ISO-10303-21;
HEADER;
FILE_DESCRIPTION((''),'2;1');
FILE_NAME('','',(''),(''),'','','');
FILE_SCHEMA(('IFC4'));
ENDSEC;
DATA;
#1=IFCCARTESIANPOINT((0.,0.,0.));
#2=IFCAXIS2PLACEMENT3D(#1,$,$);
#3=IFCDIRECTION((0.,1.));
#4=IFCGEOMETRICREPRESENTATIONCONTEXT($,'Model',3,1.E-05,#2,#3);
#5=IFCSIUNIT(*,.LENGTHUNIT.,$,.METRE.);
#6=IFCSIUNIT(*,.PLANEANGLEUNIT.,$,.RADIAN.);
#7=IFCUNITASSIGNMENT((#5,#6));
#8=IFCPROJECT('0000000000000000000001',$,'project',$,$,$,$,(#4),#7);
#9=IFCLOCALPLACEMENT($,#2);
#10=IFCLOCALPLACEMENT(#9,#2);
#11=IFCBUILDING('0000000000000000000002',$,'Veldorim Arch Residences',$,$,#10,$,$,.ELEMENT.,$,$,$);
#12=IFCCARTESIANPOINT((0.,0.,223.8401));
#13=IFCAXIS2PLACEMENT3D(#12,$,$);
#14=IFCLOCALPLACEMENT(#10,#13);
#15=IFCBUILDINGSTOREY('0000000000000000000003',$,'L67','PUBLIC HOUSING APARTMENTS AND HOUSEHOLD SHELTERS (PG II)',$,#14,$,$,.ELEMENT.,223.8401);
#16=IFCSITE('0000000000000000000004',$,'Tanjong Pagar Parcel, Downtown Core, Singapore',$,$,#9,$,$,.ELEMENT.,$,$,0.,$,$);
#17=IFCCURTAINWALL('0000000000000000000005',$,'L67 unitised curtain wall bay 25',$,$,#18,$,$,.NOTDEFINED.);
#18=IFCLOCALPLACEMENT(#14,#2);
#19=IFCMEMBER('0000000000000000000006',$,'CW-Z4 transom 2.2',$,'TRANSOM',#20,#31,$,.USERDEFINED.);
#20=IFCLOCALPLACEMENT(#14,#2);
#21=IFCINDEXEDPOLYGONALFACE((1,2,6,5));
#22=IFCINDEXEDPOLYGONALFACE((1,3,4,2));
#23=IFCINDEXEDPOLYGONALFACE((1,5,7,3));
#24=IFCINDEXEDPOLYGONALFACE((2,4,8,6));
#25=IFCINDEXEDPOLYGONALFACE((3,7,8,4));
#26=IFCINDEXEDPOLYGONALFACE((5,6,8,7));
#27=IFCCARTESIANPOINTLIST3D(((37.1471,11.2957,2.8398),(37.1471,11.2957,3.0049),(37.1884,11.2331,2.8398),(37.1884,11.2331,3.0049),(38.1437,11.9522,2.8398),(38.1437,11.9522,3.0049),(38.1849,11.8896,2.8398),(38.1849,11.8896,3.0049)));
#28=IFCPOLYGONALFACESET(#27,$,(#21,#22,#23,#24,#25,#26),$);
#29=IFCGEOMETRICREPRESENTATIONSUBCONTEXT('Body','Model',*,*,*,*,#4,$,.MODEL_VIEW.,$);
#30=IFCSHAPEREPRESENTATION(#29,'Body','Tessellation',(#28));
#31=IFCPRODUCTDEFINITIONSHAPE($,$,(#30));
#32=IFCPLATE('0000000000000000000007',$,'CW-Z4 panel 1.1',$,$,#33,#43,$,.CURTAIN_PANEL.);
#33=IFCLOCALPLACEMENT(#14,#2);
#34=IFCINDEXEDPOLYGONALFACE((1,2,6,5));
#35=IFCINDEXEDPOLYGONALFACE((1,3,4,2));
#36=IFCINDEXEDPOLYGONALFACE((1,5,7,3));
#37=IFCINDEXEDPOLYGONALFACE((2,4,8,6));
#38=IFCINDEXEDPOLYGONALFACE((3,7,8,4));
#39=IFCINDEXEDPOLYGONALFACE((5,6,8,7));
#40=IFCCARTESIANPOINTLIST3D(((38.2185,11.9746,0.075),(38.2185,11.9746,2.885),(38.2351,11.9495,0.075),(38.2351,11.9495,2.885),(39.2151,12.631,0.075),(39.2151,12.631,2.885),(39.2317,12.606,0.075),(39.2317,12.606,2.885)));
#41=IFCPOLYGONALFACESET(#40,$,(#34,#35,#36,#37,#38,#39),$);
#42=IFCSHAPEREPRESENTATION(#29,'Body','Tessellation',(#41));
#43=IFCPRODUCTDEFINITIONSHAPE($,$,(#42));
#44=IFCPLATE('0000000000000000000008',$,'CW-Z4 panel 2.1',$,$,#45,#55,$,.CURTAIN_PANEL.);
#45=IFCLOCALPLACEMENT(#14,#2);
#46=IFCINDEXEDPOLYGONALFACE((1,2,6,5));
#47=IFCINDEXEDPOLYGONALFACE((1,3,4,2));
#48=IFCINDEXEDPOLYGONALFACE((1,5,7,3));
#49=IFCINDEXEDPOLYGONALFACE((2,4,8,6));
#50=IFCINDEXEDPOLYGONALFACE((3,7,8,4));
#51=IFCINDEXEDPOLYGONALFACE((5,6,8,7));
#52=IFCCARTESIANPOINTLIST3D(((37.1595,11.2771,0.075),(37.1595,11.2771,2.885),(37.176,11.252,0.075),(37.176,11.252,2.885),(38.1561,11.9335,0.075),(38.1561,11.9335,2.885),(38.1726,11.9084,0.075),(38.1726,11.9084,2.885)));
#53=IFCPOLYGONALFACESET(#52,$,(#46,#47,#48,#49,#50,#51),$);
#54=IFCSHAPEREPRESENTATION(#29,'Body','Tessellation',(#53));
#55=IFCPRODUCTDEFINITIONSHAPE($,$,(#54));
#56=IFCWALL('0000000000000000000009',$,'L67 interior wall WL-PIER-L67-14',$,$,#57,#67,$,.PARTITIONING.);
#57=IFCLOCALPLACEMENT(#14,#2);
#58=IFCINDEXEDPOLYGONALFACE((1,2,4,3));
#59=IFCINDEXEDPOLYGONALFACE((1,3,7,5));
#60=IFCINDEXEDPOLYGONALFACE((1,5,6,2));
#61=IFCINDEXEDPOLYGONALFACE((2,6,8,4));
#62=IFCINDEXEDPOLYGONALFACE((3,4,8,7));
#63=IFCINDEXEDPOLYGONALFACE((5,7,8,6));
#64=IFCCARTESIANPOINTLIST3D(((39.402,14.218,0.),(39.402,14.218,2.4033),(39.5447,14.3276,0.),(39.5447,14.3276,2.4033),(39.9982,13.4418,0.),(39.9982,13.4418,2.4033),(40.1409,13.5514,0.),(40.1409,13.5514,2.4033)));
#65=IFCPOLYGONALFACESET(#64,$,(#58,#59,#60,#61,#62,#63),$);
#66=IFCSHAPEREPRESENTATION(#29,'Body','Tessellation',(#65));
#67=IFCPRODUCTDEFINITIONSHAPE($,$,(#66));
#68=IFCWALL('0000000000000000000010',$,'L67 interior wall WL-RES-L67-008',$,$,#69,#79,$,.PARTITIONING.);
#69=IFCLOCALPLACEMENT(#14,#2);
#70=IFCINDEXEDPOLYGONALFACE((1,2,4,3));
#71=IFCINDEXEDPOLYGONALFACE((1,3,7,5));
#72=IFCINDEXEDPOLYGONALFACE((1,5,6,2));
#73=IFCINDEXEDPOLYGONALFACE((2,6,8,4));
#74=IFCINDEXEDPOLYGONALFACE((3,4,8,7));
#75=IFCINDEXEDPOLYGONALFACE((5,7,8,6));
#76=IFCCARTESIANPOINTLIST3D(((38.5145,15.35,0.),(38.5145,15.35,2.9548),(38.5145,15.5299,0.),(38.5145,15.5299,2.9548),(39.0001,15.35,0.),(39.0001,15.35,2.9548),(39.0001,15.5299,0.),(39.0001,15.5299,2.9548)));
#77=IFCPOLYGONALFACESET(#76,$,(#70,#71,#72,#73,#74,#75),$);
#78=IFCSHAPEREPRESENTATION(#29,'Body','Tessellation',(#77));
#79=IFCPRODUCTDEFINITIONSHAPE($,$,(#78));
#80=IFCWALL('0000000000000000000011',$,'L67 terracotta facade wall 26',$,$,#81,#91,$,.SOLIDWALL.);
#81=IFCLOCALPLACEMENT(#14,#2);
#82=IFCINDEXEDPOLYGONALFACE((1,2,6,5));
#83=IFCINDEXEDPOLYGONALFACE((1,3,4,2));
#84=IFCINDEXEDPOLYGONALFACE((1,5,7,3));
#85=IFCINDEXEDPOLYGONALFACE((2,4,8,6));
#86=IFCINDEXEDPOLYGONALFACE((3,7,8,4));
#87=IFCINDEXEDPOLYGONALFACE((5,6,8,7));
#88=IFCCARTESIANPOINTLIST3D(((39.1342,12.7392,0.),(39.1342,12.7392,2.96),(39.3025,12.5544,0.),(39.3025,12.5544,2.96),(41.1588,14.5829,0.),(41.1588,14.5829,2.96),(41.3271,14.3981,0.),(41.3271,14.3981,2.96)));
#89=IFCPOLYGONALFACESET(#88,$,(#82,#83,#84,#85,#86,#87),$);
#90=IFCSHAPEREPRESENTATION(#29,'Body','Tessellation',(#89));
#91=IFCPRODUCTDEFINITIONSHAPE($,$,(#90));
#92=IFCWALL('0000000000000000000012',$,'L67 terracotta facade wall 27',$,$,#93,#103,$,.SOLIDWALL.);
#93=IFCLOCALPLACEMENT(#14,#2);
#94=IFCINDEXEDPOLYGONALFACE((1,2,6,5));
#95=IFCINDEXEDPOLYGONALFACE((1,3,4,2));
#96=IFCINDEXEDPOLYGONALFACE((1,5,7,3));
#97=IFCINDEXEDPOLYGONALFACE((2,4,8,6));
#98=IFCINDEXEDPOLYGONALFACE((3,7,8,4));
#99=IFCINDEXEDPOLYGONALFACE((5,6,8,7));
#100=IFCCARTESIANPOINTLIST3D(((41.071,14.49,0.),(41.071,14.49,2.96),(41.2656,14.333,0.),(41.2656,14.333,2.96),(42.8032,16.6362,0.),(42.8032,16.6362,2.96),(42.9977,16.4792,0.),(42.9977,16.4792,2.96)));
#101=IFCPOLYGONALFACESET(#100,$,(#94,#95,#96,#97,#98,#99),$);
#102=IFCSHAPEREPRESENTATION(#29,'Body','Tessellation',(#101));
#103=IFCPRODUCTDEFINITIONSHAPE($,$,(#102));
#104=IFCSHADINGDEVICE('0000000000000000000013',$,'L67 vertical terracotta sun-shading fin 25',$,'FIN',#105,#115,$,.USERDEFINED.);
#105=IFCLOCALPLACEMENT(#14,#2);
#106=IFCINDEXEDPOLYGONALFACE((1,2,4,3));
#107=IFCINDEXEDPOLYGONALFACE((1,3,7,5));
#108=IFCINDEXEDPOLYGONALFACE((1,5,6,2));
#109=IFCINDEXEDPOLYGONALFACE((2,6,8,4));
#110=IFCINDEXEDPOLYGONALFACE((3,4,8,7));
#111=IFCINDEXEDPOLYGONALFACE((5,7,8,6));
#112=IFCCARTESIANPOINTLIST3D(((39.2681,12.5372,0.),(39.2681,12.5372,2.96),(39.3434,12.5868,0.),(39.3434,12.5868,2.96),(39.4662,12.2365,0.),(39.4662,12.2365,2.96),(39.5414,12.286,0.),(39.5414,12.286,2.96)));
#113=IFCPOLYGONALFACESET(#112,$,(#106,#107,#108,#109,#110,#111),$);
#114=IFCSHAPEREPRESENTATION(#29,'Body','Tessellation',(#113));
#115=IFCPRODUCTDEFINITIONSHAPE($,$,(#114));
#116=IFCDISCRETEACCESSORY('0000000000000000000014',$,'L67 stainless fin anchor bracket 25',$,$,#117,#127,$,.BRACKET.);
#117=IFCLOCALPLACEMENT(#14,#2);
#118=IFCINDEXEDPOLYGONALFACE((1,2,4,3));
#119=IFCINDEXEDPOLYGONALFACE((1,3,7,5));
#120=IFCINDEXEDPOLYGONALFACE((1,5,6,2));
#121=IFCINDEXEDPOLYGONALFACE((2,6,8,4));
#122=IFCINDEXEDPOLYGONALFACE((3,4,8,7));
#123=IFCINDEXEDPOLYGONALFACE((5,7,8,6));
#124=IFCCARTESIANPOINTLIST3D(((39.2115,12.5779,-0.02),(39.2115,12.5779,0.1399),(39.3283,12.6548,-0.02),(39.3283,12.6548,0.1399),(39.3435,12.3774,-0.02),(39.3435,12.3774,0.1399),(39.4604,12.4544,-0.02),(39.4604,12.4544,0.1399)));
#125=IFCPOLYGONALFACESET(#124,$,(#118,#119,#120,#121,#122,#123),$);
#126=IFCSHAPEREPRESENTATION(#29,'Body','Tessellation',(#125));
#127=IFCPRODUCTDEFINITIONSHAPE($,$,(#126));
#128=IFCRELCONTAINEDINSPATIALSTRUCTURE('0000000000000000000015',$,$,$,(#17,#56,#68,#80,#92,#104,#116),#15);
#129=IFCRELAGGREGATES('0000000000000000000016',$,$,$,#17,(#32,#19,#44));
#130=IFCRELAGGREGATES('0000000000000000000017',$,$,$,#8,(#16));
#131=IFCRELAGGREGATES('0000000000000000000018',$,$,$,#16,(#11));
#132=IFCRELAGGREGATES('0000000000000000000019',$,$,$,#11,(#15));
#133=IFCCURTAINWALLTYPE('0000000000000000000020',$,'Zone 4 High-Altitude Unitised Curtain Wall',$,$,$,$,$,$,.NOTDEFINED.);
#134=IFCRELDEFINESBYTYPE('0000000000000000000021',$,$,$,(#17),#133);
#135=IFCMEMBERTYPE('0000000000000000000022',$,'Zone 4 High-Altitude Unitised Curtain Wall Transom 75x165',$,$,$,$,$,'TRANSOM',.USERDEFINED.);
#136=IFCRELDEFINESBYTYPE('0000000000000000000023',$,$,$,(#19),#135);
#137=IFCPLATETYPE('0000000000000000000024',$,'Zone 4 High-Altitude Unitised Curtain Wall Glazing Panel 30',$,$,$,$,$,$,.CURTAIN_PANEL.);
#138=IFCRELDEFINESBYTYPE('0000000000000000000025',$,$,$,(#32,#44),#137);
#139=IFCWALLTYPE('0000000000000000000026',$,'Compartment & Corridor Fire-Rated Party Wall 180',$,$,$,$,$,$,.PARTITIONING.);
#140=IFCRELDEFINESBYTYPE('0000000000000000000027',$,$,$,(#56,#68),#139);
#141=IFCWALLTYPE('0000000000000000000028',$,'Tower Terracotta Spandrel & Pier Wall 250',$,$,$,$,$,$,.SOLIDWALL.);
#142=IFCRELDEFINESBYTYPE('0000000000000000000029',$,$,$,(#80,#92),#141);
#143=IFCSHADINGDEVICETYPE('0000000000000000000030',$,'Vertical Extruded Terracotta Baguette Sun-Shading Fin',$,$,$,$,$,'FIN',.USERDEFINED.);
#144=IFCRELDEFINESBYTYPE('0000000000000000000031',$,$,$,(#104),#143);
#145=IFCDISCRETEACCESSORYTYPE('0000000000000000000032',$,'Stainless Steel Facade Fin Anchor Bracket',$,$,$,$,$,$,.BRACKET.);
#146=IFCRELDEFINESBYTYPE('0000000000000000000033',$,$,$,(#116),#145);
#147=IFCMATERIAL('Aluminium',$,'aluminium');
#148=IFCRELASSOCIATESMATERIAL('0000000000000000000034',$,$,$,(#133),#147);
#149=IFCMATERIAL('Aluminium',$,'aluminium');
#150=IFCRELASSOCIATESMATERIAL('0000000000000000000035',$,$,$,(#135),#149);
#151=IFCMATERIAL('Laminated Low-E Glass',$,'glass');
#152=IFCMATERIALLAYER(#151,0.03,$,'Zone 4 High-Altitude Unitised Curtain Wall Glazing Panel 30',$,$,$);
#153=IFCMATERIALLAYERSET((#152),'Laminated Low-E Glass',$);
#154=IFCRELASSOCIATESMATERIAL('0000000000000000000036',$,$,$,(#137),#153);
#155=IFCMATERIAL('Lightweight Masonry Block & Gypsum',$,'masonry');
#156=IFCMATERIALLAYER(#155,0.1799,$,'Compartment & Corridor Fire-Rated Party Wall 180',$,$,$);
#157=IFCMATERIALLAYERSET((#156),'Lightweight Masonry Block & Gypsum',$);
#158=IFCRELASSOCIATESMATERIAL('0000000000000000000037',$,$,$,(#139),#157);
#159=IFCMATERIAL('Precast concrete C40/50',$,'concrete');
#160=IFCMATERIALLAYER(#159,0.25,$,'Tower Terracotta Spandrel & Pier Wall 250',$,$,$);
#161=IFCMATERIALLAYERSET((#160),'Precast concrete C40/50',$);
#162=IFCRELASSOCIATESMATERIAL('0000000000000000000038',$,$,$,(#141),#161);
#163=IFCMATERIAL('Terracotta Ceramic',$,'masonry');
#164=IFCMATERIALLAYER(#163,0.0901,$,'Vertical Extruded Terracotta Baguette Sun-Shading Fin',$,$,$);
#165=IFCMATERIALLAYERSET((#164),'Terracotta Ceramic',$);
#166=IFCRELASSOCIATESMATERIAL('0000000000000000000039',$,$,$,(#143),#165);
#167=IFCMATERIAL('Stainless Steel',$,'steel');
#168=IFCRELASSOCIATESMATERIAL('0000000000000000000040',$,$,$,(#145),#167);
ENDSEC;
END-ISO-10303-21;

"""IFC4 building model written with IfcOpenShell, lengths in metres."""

from ifc_helpers import new_model, si_unit, direction, frame, frame_2d, origin, origin_2d, place, context, subcontext, project, spatial, rectangle, extrude, material, layer, layer_set, material_profile, profile_set, type_object, element, aggregate, save


model = new_model("IFC4")

# Units and contexts
model_context = context("Model", 3, precision=1e-05, world=origin(), true_north=direction((0.0, 1.0)))
body_context = subcontext(model_context, "Body", "Model", "MODEL_VIEW")
ifc_project = project(units=[si_unit("LENGTHUNIT", "METRE"), si_unit("PLANEANGLEUNIT", "RADIAN")], contexts=[model_context])

# Site, building, storey
site_placement = place(None, origin())
site = spatial("IfcSite", under=ifc_project, at=site_placement, Name="Tanjong Pagar Parcel, Downtown Core, Singapore", CompositionType="ELEMENT", RefElevation=0.0)
building_placement = place(site_placement, origin())
building = spatial("IfcBuilding", under=site, at=building_placement, Name="Veldorim Arch Residences", CompositionType="ELEMENT")
storey_placement = place(building_placement, frame((0.0, 0.0, 223.8401)))
storey = spatial("IfcBuildingStorey", under=building, at=storey_placement, Name="L67", Description="PUBLIC HOUSING APARTMENTS AND HOUSEHOLD SHELTERS (PG II)", CompositionType="ELEMENT", Elevation=223.8401)

# Curtain wall, member, plates
ifc_material_1 = material(Name="Aluminium", Category="aluminium")
curtain_wall_type = type_object("IfcCurtainWallType", Name="Zone 4 High-Altitude Unitised Curtain Wall", PredefinedType="NOTDEFINED", material=ifc_material_1)
curtain_wall_placement = place(storey_placement, origin())
curtain_wall = element("IfcCurtainWall", 1, at=curtain_wall_placement, inside=storey, type_object=curtain_wall_type, Name="L67 unitised curtain wall bay 25", PredefinedType="NOTDEFINED")
ifc_material_2 = material(Name="Aluminium", Category="aluminium")
ifc_material_profile_1 = material_profile(ifc_material_2, rectangle(XDim=0.075, YDim=0.165, at=origin_2d()), Name="ALU_TRN_75x165")
ifc_profile_set_1 = profile_set([ifc_material_profile_1], Name="Aluminium")
member_type_1 = type_object("IfcMemberType", Name="Zone 4 High-Altitude Unitised Curtain Wall Transom 75x165", ElementType="TRANSOM", PredefinedType="USERDEFINED", material=ifc_profile_set_1)
member_1_placement = place(storey_placement, frame((38.1643, 11.9209, 2.9224), z_axis=(-0.835091, -0.550112, 0.0), x_axis=(0.550112, -0.835091, 0.0)))
member_1 = element("IfcMember", 2, at=member_1_placement, type_object=member_type_1, Name="CW-Z4 transom 2.2", ObjectType="TRANSOM", PredefinedType="USERDEFINED", context=body_context, shape_type="SweptSolid", body=[
    extrude(rectangle(XDim=0.075, YDim=0.165, at=origin_2d()), origin(), (0.0, 0.0, 1.0), 1.1934),
])
ifc_material_3 = material(Name="Laminated Low-E Glass", Category="glass")
ifc_layer_1 = layer(ifc_material_3, 0.03, Name="Zone 4 High-Altitude Unitised Curtain Wall Glazing Panel 30")
ifc_layer_set_1 = layer_set([ifc_layer_1], Name="Laminated Low-E Glass")
plate_type = type_object("IfcPlateType", Name="Zone 4 High-Altitude Unitised Curtain Wall Glazing Panel 30", PredefinedType="CURTAIN_PANEL", material=ifc_layer_set_1)
plate_1_placement = place(storey_placement, frame((38.7251, 12.2903, 0.075), z_axis=(0.0, 0.0, 1.0), x_axis=(-0.835124, -0.550062, 0.0)))
plate_1 = element("IfcPlate", 3, at=plate_1_placement, type_object=plate_type, Name="CW-Z4 panel 1.1", PredefinedType="CURTAIN_PANEL", context=body_context, shape_type="SweptSolid", body=[
    extrude(rectangle(XDim=1.1934, YDim=0.03, at=origin_2d()), origin(), (0.0, 0.0, 1.0), 2.8101),
])
plate_2_placement = place(storey_placement, frame((37.666, 11.5928, 0.075), z_axis=(0.0, 0.0, 1.0), x_axis=(-0.835124, -0.550062, 0.0)))
plate_2 = element("IfcPlate", 4, at=plate_2_placement, type_object=plate_type, Name="CW-Z4 panel 2.1", PredefinedType="CURTAIN_PANEL", context=body_context, shape_type="SweptSolid", body=[
    extrude(rectangle(XDim=1.1934, YDim=0.03, at=origin_2d()), origin(), (0.0, 0.0, 1.0), 2.8101),
])
aggregate(curtain_wall, [plate_1, member_1, plate_2])

# Walls
ifc_material_4 = material(Name="Lightweight Masonry Block & Gypsum", Category="masonry")
ifc_layer_2 = layer(ifc_material_4, 0.1799, Name="Compartment & Corridor Fire-Rated Party Wall 180")
ifc_layer_set_2 = layer_set([ifc_layer_2], Name="Lightweight Masonry Block & Gypsum")
wall_type_1 = type_object("IfcWallType", Name="Compartment & Corridor Fire-Rated Party Wall 180", PredefinedType="PARTITIONING", material=ifc_layer_set_2)
wall_1_placement = place(storey_placement, frame((39.4734, 14.2727, 0.0), z_axis=(0.0, 0.0, 1.0), x_axis=(0.60918, -0.793032, 0.0)))
element("IfcWall", 5, at=wall_1_placement, inside=storey, type_object=wall_type_1, Name="L67 interior wall WL-PIER-L67-14", PredefinedType="PARTITIONING", context=body_context, shape_type="SweptSolid", body=[
    extrude(rectangle(XDim=0.9788, YDim=0.1799, at=frame_2d((0.4893, 0.0))), origin(), (0.0, 0.0, 1.0), 2.4033),
])
wall_2_placement = place(storey_placement, frame((39.0, 15.4399, 0.0), z_axis=(0.0, 0.0, 1.0), x_axis=(-1.0, 0.0, 0.0)))
element("IfcWall", 6, at=wall_2_placement, inside=storey, type_object=wall_type_1, Name="L67 interior wall WL-RES-L67-008", PredefinedType="PARTITIONING", context=body_context, shape_type="SweptSolid", body=[
    extrude(rectangle(XDim=0.4856, YDim=0.1799, at=frame_2d((0.2427, 0.0))), origin(), (0.0, 0.0, 1.0), 2.9548),
])
ifc_material_5 = material(Name="Precast concrete C40/50", Category="concrete")
ifc_layer_3 = layer(ifc_material_5, 0.25, Name="Tower Terracotta Spandrel & Pier Wall 250")
ifc_layer_set_3 = layer_set([ifc_layer_3], Name="Precast concrete C40/50")
wall_type_2 = type_object("IfcWallType", Name="Tower Terracotta Spandrel & Pier Wall 250", PredefinedType="SOLIDWALL", material=ifc_layer_set_3)
wall_3_placement = place(storey_placement, frame((41.2429, 14.4905, 0.0), z_axis=(0.0, 0.0, 1.0), x_axis=(-0.739367, -0.673303, 0.0)))
element("IfcWall", 7, at=wall_3_placement, inside=storey, type_object=wall_type_2, Name="L67 terracotta facade wall 26", PredefinedType="SOLIDWALL", context=body_context, shape_type="SweptSolid", body=[
    extrude(rectangle(XDim=2.7383, YDim=0.25, at=frame_2d((1.3691, 0.0))), origin(), (0.0, 0.0, 1.0), 2.96),
])
wall_4_placement = place(storey_placement, frame((42.9004, 16.5576, 0.0), z_axis=(0.0, 0.0, 1.0), x_axis=(-0.628047, -0.778176, 0.0)))
element("IfcWall", 8, at=wall_4_placement, inside=storey, type_object=wall_type_2, Name="L67 terracotta facade wall 27", PredefinedType="SOLIDWALL", context=body_context, shape_type="SweptSolid", body=[
    extrude(rectangle(XDim=2.7581, YDim=0.25, at=frame_2d((1.3789, 0.0))), origin(), (0.0, 0.0, 1.0), 2.96),
])

# Shading device
ifc_material_6 = material(Name="Terracotta Ceramic", Category="masonry")
ifc_layer_4 = layer(ifc_material_6, 0.0901, Name="Vertical Extruded Terracotta Baguette Sun-Shading Fin")
ifc_layer_set_4 = layer_set([ifc_layer_4], Name="Terracotta Ceramic")
shading_device_type = type_object("IfcShadingDeviceType", Name="Vertical Extruded Terracotta Baguette Sun-Shading Fin", ElementType="FIN", PredefinedType="USERDEFINED", material=ifc_layer_set_4)
shading_device_placement = place(storey_placement, frame((39.4048, 12.4116, 0.0), z_axis=(0.0, 0.0, 1.0), x_axis=(-0.835136, -0.550044, 0.0)))
element("IfcShadingDevice", 9, at=shading_device_placement, inside=storey, type_object=shading_device_type, Name="L67 vertical terracotta sun-shading fin 25", ObjectType="FIN", PredefinedType="USERDEFINED", context=body_context, shape_type="SweptSolid", body=[
    extrude(rectangle(XDim=0.0901, YDim=0.3601, at=origin_2d()), origin(), (0.0, 0.0, 1.0), 2.96),
])

# Discrete accessory
ifc_material_7 = material(Name="Stainless Steel", Category="steel")
discrete_accessory_type = type_object("IfcDiscreteAccessoryType", Name="Stainless Steel Facade Fin Anchor Bracket", PredefinedType="BRACKET", material=ifc_material_7)
discrete_accessory_placement = place(storey_placement, frame((39.3359, 12.5161, -0.02), z_axis=(0.0, 0.0, 1.0), x_axis=(-0.835136, -0.550044, 0.0)))
element("IfcDiscreteAccessory", 10, at=discrete_accessory_placement, inside=storey, type_object=discrete_accessory_type, Name="L67 stainless fin anchor bracket 25", PredefinedType="BRACKET", context=body_context, shape_type="SweptSolid", body=[
    extrude(rectangle(XDim=0.1399, YDim=0.24, at=origin_2d()), origin(), (0.0, 0.0, 1.0), 0.1599),
])

save(model, "model.ifc")
